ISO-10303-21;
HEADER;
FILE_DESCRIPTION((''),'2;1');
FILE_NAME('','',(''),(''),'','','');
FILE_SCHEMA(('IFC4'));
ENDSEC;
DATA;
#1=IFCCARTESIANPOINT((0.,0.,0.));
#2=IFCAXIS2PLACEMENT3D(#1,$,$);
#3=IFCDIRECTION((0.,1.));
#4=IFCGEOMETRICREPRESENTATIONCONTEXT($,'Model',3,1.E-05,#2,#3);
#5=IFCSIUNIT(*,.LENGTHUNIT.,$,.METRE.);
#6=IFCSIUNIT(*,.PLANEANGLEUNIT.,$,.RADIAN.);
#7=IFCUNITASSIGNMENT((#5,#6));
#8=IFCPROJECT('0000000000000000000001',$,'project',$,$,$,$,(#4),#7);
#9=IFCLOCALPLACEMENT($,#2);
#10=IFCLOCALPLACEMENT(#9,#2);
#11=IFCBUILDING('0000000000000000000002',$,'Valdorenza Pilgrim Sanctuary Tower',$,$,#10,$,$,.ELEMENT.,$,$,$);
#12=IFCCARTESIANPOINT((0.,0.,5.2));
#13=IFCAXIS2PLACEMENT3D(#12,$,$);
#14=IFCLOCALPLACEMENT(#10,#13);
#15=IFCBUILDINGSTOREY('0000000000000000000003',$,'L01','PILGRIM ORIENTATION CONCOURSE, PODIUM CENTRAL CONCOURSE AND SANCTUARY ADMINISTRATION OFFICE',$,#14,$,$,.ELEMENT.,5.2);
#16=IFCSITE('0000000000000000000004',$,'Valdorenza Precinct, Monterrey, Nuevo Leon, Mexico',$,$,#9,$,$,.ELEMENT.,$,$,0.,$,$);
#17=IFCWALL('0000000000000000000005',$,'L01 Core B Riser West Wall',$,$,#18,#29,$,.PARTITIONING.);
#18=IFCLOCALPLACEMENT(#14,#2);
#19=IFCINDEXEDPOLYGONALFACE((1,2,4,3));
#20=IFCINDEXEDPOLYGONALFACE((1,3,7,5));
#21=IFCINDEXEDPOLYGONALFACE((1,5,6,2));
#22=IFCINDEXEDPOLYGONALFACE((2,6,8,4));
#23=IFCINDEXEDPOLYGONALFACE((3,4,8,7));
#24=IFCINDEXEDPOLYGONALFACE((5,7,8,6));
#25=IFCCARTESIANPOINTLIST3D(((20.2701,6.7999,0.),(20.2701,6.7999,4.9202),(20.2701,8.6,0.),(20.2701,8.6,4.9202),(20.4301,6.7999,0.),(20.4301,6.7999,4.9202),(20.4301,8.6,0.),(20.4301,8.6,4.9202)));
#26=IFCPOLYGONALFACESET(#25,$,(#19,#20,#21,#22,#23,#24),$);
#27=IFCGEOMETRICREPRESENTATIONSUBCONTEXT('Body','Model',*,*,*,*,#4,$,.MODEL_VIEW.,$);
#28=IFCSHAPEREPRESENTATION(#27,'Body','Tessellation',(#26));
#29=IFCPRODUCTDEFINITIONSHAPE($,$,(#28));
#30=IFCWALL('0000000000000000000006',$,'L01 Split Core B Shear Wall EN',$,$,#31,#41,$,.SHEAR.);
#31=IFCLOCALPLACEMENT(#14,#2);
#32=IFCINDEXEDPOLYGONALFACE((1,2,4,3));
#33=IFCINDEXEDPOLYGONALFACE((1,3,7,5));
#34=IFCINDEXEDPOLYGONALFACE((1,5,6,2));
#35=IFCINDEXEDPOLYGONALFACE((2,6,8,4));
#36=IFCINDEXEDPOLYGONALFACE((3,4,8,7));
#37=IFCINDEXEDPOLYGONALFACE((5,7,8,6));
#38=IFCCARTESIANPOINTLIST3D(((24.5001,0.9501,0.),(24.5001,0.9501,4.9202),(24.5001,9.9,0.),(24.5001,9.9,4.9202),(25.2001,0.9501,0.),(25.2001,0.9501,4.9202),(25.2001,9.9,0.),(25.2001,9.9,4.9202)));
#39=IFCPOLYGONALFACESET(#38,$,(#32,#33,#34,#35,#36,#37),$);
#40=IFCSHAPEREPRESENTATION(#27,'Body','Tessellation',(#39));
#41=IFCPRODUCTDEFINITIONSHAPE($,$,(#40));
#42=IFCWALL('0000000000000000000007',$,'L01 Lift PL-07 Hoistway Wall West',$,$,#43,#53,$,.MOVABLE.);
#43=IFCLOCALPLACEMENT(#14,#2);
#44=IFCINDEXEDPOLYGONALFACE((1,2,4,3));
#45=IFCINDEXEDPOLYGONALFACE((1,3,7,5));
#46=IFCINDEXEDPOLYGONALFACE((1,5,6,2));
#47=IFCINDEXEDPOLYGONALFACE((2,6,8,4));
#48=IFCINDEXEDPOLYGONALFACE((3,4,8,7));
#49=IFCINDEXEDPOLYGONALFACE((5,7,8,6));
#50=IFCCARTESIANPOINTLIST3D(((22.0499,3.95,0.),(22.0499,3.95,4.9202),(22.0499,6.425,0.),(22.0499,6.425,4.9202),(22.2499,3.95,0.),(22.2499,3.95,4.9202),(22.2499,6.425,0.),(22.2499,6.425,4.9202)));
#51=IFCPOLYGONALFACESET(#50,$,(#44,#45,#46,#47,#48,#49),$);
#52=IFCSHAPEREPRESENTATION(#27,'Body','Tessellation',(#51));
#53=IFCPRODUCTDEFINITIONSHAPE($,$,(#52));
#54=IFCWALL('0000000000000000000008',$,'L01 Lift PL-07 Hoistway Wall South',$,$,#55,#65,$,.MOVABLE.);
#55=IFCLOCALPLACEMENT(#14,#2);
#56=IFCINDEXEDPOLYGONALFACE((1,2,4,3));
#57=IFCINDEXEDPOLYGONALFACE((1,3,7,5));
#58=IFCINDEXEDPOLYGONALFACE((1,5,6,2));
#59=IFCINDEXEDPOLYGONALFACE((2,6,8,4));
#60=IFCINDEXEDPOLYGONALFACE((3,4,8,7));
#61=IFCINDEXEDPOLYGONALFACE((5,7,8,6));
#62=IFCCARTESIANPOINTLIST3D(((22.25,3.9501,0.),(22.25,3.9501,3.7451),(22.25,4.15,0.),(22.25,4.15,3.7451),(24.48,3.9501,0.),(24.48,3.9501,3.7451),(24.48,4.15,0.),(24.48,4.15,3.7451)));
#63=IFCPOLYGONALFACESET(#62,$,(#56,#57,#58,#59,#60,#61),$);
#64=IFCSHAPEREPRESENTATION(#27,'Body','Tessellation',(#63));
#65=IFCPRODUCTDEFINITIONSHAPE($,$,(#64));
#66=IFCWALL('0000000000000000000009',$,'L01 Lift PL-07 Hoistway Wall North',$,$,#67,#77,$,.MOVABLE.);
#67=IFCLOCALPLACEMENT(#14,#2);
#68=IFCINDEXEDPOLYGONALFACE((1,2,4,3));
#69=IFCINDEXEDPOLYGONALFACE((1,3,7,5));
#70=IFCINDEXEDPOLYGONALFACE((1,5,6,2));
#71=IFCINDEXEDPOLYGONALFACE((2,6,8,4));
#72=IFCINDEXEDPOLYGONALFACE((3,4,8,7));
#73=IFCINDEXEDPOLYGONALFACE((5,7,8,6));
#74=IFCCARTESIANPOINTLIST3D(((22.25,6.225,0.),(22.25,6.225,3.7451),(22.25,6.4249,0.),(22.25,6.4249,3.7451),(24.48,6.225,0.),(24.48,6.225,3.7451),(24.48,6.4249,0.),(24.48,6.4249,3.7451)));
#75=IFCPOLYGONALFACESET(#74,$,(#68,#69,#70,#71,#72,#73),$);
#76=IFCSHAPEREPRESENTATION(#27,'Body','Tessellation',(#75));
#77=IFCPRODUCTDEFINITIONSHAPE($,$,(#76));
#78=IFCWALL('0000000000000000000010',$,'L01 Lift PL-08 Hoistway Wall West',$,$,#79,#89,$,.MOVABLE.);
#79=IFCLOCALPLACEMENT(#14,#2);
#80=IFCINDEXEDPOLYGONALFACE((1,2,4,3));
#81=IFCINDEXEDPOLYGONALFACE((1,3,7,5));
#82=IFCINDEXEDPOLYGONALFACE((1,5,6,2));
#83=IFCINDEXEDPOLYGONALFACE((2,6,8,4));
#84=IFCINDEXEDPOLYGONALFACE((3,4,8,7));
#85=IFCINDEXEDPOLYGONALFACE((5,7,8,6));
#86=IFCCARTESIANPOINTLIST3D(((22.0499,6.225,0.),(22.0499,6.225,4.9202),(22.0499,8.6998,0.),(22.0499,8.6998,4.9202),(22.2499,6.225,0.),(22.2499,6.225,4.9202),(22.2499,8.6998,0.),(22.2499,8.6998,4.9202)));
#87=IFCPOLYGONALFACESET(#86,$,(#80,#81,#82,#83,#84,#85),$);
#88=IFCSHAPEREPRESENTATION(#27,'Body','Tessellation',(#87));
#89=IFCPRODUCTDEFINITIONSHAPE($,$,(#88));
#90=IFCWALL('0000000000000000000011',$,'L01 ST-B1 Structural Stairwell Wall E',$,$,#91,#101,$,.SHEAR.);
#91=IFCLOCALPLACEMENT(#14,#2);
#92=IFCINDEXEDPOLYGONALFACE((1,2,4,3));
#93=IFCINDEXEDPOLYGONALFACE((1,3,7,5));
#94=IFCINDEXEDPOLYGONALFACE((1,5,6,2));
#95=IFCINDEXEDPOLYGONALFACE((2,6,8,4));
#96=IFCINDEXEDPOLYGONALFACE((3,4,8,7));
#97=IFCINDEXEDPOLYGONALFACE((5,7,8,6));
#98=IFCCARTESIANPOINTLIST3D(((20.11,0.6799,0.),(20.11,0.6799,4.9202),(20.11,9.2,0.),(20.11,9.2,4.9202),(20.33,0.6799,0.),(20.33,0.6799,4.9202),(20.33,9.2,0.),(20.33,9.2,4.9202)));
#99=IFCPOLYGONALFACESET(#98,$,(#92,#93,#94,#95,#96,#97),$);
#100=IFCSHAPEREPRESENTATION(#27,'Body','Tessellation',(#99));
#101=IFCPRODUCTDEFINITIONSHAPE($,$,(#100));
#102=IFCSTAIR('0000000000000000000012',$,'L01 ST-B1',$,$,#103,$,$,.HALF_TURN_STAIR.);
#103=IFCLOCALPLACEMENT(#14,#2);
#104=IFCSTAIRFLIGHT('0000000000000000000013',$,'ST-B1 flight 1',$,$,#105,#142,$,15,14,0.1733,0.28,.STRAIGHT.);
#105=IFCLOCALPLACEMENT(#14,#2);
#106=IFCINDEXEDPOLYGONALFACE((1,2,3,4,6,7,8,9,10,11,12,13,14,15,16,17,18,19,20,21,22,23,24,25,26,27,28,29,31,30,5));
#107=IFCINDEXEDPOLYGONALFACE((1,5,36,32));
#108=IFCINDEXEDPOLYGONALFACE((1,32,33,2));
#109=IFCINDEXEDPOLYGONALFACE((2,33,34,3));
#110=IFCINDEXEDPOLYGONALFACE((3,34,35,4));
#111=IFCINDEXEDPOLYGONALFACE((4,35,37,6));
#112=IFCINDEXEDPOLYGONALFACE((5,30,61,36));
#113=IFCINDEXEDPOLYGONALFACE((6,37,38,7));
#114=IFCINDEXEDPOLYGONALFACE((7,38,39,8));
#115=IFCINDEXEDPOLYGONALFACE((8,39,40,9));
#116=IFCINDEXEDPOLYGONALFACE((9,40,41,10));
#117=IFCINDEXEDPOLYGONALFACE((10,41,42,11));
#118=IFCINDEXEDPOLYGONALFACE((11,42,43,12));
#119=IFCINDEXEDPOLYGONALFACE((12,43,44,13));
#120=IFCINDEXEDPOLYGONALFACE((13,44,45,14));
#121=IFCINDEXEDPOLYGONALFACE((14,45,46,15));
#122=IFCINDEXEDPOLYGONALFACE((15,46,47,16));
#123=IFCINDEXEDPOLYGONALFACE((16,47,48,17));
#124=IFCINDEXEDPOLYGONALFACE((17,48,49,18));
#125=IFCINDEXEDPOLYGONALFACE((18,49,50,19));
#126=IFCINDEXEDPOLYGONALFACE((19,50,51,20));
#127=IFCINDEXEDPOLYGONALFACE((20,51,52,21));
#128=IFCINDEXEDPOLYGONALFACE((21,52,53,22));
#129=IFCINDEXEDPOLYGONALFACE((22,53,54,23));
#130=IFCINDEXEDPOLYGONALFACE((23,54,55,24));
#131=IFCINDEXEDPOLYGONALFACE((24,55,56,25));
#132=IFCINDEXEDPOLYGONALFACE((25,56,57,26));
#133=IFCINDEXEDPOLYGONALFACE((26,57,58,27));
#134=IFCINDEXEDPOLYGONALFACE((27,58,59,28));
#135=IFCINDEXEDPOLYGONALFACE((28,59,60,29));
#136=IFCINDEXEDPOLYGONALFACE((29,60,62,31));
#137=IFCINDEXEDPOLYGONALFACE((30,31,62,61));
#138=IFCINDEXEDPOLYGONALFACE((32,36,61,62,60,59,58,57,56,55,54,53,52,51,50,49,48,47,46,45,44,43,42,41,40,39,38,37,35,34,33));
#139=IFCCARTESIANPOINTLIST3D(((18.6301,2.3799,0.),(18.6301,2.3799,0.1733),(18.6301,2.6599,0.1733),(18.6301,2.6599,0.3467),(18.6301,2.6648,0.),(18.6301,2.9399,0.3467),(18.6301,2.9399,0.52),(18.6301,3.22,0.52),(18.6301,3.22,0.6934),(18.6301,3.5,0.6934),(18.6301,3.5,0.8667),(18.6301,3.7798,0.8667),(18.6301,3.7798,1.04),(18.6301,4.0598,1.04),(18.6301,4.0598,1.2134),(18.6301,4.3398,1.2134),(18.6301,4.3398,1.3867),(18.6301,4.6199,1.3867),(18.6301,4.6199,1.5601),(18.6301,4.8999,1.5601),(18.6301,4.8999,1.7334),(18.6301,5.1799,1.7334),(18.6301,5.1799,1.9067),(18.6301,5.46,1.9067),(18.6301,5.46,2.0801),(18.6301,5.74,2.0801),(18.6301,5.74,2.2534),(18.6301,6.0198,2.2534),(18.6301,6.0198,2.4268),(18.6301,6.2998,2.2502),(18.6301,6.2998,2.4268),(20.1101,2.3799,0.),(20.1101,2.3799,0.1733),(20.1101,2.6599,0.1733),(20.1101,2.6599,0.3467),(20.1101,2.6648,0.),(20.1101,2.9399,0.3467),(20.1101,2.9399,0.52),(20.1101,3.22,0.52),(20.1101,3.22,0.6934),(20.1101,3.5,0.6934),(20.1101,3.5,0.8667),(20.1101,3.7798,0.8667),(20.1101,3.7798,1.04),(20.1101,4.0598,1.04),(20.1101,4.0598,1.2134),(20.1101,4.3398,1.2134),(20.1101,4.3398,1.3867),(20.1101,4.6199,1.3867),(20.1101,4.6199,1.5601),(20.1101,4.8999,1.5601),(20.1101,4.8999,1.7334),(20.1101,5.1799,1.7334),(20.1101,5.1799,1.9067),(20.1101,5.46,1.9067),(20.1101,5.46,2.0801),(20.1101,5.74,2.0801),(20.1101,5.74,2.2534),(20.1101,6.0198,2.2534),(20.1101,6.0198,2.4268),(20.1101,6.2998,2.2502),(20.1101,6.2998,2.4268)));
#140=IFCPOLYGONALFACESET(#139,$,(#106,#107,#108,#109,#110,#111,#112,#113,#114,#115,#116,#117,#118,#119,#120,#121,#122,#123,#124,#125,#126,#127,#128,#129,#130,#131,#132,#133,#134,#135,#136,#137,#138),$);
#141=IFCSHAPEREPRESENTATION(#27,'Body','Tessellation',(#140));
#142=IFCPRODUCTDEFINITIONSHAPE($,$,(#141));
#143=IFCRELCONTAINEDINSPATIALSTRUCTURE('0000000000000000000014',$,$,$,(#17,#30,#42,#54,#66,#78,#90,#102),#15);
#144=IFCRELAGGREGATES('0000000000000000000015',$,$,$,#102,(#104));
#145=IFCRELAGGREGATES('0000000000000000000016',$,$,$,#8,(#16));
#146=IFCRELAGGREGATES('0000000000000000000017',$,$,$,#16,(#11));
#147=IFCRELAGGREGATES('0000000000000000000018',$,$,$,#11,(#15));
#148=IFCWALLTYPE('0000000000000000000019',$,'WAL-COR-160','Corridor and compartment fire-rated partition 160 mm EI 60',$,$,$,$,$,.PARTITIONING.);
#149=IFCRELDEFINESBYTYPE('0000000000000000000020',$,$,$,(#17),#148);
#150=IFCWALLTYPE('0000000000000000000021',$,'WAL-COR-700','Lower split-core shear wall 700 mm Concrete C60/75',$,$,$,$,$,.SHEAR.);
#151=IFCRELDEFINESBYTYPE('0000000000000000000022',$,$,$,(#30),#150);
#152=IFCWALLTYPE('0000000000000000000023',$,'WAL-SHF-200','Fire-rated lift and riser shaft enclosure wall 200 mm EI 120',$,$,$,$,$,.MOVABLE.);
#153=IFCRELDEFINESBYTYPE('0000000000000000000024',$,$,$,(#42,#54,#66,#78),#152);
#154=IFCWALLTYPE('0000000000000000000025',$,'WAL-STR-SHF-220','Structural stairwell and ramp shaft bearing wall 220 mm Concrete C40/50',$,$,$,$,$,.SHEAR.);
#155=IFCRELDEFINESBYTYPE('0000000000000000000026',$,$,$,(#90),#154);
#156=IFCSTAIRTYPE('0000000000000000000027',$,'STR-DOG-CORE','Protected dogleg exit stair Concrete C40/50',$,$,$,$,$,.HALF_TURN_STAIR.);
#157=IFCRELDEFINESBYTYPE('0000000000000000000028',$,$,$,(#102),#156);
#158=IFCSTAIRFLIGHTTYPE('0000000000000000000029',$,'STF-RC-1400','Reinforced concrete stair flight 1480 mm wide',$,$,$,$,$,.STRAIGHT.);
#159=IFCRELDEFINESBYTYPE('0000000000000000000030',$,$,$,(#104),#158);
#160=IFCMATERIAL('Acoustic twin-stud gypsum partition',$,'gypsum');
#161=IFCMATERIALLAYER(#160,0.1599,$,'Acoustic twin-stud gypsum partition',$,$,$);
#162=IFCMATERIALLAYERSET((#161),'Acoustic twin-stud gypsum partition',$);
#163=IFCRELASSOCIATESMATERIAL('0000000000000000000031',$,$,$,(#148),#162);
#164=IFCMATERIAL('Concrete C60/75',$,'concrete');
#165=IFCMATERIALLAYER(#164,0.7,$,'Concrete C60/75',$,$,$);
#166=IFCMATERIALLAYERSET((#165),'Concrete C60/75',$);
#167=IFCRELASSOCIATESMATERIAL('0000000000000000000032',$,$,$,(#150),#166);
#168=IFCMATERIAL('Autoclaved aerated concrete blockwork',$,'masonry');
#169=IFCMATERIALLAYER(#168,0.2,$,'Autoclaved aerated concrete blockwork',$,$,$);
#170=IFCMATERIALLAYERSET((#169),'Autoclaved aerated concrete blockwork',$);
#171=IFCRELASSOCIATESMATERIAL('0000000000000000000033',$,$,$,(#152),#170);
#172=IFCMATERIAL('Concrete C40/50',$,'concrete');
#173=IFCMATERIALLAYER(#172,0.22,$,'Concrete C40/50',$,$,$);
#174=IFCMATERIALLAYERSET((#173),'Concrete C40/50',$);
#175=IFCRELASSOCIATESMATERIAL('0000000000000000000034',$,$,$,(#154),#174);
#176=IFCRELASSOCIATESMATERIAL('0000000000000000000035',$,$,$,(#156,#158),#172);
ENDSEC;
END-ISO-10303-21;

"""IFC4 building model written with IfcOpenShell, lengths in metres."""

from ifc_helpers import new_model, si_unit, direction, frame, frame_2d, origin, place, context, subcontext, project, spatial, polyline, rectangle, outline, extrude, material, layer, layer_set, type_object, element, aggregate, save


model = new_model("IFC4")

# Units and contexts
model_context = context("Model", 3, precision=1e-05, world=origin(), true_north=direction((0.0, 1.0)))
body_context = subcontext(model_context, "Body", "Model", "MODEL_VIEW")
ifc_project = project(units=[si_unit("LENGTHUNIT", "METRE"), si_unit("PLANEANGLEUNIT", "RADIAN")], contexts=[model_context])

# Site, building, storey
site_placement = place(None, origin())
site = spatial("IfcSite", under=ifc_project, at=site_placement, Name="Valdorenza Precinct, Monterrey, Nuevo Leon, Mexico", CompositionType="ELEMENT", RefElevation=0.0)
building_placement = place(site_placement, origin())
building = spatial("IfcBuilding", under=site, at=building_placement, Name="Valdorenza Pilgrim Sanctuary Tower", CompositionType="ELEMENT")
storey_placement = place(building_placement, frame((0.0, 0.0, 5.2)))
storey = spatial("IfcBuildingStorey", under=building, at=storey_placement, Name="L01", Description="PILGRIM ORIENTATION CONCOURSE, PODIUM CENTRAL CONCOURSE AND SANCTUARY ADMINISTRATION OFFICE", CompositionType="ELEMENT", Elevation=5.2)

# Shared definitions
ifc_material_1 = material(Name="Acoustic twin-stud gypsum partition", Category="gypsum")
ifc_layer_1 = layer(ifc_material_1, 0.1599, Name="Acoustic twin-stud gypsum partition")
ifc_layer_set_1 = layer_set([ifc_layer_1], Name="Acoustic twin-stud gypsum partition")
wall_type_1 = type_object("IfcWallType", Name="WAL-COR-160", Description="Corridor and compartment fire-rated partition 160 mm EI 60", PredefinedType="PARTITIONING", material=ifc_layer_set_1)

# Walls
wall_1_placement = place(storey_placement, frame((20.3501, 6.8, 0.0), z_axis=(0.0, 0.0, 1.0), x_axis=(0.0, 1.0, 0.0)))
element("IfcWall", 1, at=wall_1_placement, inside=storey, type_object=wall_type_1, Name="L01 Core B Riser West Wall", PredefinedType="PARTITIONING", context=body_context, shape_type="SweptSolid", body=[
    extrude(rectangle(XDim=1.8, YDim=0.1599, at=frame_2d((0.8999, 0.0))), origin(), (0.0, 0.0, 1.0), 4.9202),
])
ifc_material_2 = material(Name="Concrete C60/75", Category="concrete")
ifc_layer_2 = layer(ifc_material_2, 0.7, Name="Concrete C60/75")
ifc_layer_set_2 = layer_set([ifc_layer_2], Name="Concrete C60/75")
wall_type_2 = type_object("IfcWallType", Name="WAL-COR-700", Description="Lower split-core shear wall 700 mm Concrete C60/75", PredefinedType="SHEAR", material=ifc_layer_set_2)
wall_2_placement = place(storey_placement, frame((24.8501, 0.95, 0.0), z_axis=(0.0, 0.0, 1.0), x_axis=(0.0, 1.0, 0.0)))
element("IfcWall", 2, at=wall_2_placement, inside=storey, type_object=wall_type_2, Name="L01 Split Core B Shear Wall EN", PredefinedType="SHEAR", context=body_context, shape_type="SweptSolid", body=[
    extrude(rectangle(XDim=8.95, YDim=0.7, at=frame_2d((4.4751, 0.0))), origin(), (0.0, 0.0, 1.0), 4.9202),
])
ifc_material_3 = material(Name="Autoclaved aerated concrete blockwork", Category="masonry")
ifc_layer_3 = layer(ifc_material_3, 0.2, Name="Autoclaved aerated concrete blockwork")
ifc_layer_set_3 = layer_set([ifc_layer_3], Name="Autoclaved aerated concrete blockwork")
wall_type_3 = type_object("IfcWallType", Name="WAL-SHF-200", Description="Fire-rated lift and riser shaft enclosure wall 200 mm EI 120", PredefinedType="MOVABLE", material=ifc_layer_set_3)
wall_3_placement = place(storey_placement, frame((22.1499, 3.95, 0.0), z_axis=(0.0, 0.0, 1.0), x_axis=(0.0, 1.0, 0.0)))
element("IfcWall", 3, at=wall_3_placement, inside=storey, type_object=wall_type_3, Name="L01 Lift PL-07 Hoistway Wall West", PredefinedType="MOVABLE", context=body_context, shape_type="SweptSolid", body=[
    extrude(rectangle(XDim=2.4751, YDim=0.2, at=frame_2d((1.2375, 0.0))), origin(), (0.0, 0.0, 1.0), 4.9202),
])
for number, where, z_axis, x_axis, name in (
    (4, (22.25, 4.05, 0.0), (0.0, 0.0, 1.0), (1.0, 0.0, 0.0), "L01 Lift PL-07 Hoistway Wall South"),
    (5, (22.25, 6.325, 0.0), (0.0, 0.0, 1.0), (1.0, 0.0, 0.0), "L01 Lift PL-07 Hoistway Wall North"),
):
    element("IfcWall", number, at=place(storey_placement, frame(where, z_axis=z_axis, x_axis=x_axis)), inside=storey, type_object=wall_type_3, Name=name, PredefinedType="MOVABLE", context=body_context, shape_type="SweptSolid", body=[
        extrude(rectangle(XDim=2.23, YDim=0.2, at=frame_2d((1.115, 0.0))), origin(), (0.0, 0.0, 1.0), 3.7451),
    ])
wall_4_placement = place(storey_placement, frame((22.1499, 6.2251, 0.0), z_axis=(0.0, 0.0, 1.0), x_axis=(0.0, 1.0, 0.0)))
element("IfcWall", 6, at=wall_4_placement, inside=storey, type_object=wall_type_3, Name="L01 Lift PL-08 Hoistway Wall West", PredefinedType="MOVABLE", context=body_context, shape_type="SweptSolid", body=[
    extrude(rectangle(XDim=2.4749, YDim=0.2, at=frame_2d((1.2373, 0.0))), origin(), (0.0, 0.0, 1.0), 4.9202),
])
ifc_material_4 = material(Name="Concrete C40/50", Category="concrete")
ifc_layer_4 = layer(ifc_material_4, 0.22, Name="Concrete C40/50")
ifc_layer_set_4 = layer_set([ifc_layer_4], Name="Concrete C40/50")
wall_type_4 = type_object("IfcWallType", Name="WAL-STR-SHF-220", Description="Structural stairwell and ramp shaft bearing wall 220 mm Concrete C40/50", PredefinedType="SHEAR", material=ifc_layer_set_4)
wall_5_placement = place(storey_placement, frame((20.22, 0.6799, 0.0), z_axis=(0.0, 0.0, 1.0), x_axis=(0.0, 1.0, 0.0)))
element("IfcWall", 7, at=wall_5_placement, inside=storey, type_object=wall_type_4, Name="L01 ST-B1 Structural Stairwell Wall E", PredefinedType="SHEAR", context=body_context, shape_type="SweptSolid", body=[
    extrude(rectangle(XDim=8.52, YDim=0.22, at=frame_2d((4.26, 0.0))), origin(), (0.0, 0.0, 1.0), 4.9202),
])

# Stair, stair flight
stair_type = type_object("IfcStairType", Name="STR-DOG-CORE", Description="Protected dogleg exit stair Concrete C40/50", PredefinedType="HALF_TURN_STAIR", material=ifc_material_4)
stair_placement = place(storey_placement, origin())
stair = element("IfcStair", 8, at=stair_placement, inside=storey, type_object=stair_type, Name="L01 ST-B1", PredefinedType="HALF_TURN_STAIR")
stair_flight_type = type_object("IfcStairFlightType", Name="STF-RC-1400", Description="Reinforced concrete stair flight 1480 mm wide", PredefinedType="STRAIGHT", material=ifc_material_4)
stair_flight_placement = place(storey_placement, frame((19.3701, 2.3799, 0.0), z_axis=(0.0, 0.0, 1.0), x_axis=(0.0, 1.0, 0.0)))
stair_flight = element("IfcStairFlight", 9, at=stair_flight_placement, type_object=stair_flight_type, Name="ST-B1 flight 1", NumberOfRisers=15, NumberOfTreads=14, PredefinedType="STRAIGHT", RiserHeight=0.1733, TreadLength=0.28, context=body_context, shape_type="SweptSolid", body=[
    extrude(outline(polyline([(0.0, 0.0), (0.0, 0.1733), (0.28, 0.1733), (0.28, 0.3467), (0.5601, 0.3467), (0.5601, 0.52), (0.8401, 0.52), (0.8401, 0.6934), (1.1201, 0.6934), (1.1201, 0.8667), (1.3999, 0.8667), (1.3999, 1.04), (1.6799, 1.04), (1.6799, 1.2134), (1.96, 1.2134), (1.96, 1.3867), (2.24, 1.3867), (2.24, 1.5601), (2.52, 1.5601), (2.52, 1.7334), (2.8, 1.7334), (2.8, 1.9067), (3.0801, 1.9067), (3.0801, 2.0801), (3.3601, 2.0801), (3.3601, 2.2534), (3.6399, 2.2534), (3.6399, 2.4268), (3.9199, 2.4268), (3.9199, 2.6001), (3.9199, 2.2502), (0.2849, 0.0), (0.0, 0.0)])), frame((0.0, 0.74, 0.0), z_axis=(0.0, -1.0, 0.0), x_axis=(1.0, 0.0, 0.0)), (0.0, 0.0, 1.0), 1.48),
])
aggregate(stair, [stair_flight])

save(model, "model.ifc")
